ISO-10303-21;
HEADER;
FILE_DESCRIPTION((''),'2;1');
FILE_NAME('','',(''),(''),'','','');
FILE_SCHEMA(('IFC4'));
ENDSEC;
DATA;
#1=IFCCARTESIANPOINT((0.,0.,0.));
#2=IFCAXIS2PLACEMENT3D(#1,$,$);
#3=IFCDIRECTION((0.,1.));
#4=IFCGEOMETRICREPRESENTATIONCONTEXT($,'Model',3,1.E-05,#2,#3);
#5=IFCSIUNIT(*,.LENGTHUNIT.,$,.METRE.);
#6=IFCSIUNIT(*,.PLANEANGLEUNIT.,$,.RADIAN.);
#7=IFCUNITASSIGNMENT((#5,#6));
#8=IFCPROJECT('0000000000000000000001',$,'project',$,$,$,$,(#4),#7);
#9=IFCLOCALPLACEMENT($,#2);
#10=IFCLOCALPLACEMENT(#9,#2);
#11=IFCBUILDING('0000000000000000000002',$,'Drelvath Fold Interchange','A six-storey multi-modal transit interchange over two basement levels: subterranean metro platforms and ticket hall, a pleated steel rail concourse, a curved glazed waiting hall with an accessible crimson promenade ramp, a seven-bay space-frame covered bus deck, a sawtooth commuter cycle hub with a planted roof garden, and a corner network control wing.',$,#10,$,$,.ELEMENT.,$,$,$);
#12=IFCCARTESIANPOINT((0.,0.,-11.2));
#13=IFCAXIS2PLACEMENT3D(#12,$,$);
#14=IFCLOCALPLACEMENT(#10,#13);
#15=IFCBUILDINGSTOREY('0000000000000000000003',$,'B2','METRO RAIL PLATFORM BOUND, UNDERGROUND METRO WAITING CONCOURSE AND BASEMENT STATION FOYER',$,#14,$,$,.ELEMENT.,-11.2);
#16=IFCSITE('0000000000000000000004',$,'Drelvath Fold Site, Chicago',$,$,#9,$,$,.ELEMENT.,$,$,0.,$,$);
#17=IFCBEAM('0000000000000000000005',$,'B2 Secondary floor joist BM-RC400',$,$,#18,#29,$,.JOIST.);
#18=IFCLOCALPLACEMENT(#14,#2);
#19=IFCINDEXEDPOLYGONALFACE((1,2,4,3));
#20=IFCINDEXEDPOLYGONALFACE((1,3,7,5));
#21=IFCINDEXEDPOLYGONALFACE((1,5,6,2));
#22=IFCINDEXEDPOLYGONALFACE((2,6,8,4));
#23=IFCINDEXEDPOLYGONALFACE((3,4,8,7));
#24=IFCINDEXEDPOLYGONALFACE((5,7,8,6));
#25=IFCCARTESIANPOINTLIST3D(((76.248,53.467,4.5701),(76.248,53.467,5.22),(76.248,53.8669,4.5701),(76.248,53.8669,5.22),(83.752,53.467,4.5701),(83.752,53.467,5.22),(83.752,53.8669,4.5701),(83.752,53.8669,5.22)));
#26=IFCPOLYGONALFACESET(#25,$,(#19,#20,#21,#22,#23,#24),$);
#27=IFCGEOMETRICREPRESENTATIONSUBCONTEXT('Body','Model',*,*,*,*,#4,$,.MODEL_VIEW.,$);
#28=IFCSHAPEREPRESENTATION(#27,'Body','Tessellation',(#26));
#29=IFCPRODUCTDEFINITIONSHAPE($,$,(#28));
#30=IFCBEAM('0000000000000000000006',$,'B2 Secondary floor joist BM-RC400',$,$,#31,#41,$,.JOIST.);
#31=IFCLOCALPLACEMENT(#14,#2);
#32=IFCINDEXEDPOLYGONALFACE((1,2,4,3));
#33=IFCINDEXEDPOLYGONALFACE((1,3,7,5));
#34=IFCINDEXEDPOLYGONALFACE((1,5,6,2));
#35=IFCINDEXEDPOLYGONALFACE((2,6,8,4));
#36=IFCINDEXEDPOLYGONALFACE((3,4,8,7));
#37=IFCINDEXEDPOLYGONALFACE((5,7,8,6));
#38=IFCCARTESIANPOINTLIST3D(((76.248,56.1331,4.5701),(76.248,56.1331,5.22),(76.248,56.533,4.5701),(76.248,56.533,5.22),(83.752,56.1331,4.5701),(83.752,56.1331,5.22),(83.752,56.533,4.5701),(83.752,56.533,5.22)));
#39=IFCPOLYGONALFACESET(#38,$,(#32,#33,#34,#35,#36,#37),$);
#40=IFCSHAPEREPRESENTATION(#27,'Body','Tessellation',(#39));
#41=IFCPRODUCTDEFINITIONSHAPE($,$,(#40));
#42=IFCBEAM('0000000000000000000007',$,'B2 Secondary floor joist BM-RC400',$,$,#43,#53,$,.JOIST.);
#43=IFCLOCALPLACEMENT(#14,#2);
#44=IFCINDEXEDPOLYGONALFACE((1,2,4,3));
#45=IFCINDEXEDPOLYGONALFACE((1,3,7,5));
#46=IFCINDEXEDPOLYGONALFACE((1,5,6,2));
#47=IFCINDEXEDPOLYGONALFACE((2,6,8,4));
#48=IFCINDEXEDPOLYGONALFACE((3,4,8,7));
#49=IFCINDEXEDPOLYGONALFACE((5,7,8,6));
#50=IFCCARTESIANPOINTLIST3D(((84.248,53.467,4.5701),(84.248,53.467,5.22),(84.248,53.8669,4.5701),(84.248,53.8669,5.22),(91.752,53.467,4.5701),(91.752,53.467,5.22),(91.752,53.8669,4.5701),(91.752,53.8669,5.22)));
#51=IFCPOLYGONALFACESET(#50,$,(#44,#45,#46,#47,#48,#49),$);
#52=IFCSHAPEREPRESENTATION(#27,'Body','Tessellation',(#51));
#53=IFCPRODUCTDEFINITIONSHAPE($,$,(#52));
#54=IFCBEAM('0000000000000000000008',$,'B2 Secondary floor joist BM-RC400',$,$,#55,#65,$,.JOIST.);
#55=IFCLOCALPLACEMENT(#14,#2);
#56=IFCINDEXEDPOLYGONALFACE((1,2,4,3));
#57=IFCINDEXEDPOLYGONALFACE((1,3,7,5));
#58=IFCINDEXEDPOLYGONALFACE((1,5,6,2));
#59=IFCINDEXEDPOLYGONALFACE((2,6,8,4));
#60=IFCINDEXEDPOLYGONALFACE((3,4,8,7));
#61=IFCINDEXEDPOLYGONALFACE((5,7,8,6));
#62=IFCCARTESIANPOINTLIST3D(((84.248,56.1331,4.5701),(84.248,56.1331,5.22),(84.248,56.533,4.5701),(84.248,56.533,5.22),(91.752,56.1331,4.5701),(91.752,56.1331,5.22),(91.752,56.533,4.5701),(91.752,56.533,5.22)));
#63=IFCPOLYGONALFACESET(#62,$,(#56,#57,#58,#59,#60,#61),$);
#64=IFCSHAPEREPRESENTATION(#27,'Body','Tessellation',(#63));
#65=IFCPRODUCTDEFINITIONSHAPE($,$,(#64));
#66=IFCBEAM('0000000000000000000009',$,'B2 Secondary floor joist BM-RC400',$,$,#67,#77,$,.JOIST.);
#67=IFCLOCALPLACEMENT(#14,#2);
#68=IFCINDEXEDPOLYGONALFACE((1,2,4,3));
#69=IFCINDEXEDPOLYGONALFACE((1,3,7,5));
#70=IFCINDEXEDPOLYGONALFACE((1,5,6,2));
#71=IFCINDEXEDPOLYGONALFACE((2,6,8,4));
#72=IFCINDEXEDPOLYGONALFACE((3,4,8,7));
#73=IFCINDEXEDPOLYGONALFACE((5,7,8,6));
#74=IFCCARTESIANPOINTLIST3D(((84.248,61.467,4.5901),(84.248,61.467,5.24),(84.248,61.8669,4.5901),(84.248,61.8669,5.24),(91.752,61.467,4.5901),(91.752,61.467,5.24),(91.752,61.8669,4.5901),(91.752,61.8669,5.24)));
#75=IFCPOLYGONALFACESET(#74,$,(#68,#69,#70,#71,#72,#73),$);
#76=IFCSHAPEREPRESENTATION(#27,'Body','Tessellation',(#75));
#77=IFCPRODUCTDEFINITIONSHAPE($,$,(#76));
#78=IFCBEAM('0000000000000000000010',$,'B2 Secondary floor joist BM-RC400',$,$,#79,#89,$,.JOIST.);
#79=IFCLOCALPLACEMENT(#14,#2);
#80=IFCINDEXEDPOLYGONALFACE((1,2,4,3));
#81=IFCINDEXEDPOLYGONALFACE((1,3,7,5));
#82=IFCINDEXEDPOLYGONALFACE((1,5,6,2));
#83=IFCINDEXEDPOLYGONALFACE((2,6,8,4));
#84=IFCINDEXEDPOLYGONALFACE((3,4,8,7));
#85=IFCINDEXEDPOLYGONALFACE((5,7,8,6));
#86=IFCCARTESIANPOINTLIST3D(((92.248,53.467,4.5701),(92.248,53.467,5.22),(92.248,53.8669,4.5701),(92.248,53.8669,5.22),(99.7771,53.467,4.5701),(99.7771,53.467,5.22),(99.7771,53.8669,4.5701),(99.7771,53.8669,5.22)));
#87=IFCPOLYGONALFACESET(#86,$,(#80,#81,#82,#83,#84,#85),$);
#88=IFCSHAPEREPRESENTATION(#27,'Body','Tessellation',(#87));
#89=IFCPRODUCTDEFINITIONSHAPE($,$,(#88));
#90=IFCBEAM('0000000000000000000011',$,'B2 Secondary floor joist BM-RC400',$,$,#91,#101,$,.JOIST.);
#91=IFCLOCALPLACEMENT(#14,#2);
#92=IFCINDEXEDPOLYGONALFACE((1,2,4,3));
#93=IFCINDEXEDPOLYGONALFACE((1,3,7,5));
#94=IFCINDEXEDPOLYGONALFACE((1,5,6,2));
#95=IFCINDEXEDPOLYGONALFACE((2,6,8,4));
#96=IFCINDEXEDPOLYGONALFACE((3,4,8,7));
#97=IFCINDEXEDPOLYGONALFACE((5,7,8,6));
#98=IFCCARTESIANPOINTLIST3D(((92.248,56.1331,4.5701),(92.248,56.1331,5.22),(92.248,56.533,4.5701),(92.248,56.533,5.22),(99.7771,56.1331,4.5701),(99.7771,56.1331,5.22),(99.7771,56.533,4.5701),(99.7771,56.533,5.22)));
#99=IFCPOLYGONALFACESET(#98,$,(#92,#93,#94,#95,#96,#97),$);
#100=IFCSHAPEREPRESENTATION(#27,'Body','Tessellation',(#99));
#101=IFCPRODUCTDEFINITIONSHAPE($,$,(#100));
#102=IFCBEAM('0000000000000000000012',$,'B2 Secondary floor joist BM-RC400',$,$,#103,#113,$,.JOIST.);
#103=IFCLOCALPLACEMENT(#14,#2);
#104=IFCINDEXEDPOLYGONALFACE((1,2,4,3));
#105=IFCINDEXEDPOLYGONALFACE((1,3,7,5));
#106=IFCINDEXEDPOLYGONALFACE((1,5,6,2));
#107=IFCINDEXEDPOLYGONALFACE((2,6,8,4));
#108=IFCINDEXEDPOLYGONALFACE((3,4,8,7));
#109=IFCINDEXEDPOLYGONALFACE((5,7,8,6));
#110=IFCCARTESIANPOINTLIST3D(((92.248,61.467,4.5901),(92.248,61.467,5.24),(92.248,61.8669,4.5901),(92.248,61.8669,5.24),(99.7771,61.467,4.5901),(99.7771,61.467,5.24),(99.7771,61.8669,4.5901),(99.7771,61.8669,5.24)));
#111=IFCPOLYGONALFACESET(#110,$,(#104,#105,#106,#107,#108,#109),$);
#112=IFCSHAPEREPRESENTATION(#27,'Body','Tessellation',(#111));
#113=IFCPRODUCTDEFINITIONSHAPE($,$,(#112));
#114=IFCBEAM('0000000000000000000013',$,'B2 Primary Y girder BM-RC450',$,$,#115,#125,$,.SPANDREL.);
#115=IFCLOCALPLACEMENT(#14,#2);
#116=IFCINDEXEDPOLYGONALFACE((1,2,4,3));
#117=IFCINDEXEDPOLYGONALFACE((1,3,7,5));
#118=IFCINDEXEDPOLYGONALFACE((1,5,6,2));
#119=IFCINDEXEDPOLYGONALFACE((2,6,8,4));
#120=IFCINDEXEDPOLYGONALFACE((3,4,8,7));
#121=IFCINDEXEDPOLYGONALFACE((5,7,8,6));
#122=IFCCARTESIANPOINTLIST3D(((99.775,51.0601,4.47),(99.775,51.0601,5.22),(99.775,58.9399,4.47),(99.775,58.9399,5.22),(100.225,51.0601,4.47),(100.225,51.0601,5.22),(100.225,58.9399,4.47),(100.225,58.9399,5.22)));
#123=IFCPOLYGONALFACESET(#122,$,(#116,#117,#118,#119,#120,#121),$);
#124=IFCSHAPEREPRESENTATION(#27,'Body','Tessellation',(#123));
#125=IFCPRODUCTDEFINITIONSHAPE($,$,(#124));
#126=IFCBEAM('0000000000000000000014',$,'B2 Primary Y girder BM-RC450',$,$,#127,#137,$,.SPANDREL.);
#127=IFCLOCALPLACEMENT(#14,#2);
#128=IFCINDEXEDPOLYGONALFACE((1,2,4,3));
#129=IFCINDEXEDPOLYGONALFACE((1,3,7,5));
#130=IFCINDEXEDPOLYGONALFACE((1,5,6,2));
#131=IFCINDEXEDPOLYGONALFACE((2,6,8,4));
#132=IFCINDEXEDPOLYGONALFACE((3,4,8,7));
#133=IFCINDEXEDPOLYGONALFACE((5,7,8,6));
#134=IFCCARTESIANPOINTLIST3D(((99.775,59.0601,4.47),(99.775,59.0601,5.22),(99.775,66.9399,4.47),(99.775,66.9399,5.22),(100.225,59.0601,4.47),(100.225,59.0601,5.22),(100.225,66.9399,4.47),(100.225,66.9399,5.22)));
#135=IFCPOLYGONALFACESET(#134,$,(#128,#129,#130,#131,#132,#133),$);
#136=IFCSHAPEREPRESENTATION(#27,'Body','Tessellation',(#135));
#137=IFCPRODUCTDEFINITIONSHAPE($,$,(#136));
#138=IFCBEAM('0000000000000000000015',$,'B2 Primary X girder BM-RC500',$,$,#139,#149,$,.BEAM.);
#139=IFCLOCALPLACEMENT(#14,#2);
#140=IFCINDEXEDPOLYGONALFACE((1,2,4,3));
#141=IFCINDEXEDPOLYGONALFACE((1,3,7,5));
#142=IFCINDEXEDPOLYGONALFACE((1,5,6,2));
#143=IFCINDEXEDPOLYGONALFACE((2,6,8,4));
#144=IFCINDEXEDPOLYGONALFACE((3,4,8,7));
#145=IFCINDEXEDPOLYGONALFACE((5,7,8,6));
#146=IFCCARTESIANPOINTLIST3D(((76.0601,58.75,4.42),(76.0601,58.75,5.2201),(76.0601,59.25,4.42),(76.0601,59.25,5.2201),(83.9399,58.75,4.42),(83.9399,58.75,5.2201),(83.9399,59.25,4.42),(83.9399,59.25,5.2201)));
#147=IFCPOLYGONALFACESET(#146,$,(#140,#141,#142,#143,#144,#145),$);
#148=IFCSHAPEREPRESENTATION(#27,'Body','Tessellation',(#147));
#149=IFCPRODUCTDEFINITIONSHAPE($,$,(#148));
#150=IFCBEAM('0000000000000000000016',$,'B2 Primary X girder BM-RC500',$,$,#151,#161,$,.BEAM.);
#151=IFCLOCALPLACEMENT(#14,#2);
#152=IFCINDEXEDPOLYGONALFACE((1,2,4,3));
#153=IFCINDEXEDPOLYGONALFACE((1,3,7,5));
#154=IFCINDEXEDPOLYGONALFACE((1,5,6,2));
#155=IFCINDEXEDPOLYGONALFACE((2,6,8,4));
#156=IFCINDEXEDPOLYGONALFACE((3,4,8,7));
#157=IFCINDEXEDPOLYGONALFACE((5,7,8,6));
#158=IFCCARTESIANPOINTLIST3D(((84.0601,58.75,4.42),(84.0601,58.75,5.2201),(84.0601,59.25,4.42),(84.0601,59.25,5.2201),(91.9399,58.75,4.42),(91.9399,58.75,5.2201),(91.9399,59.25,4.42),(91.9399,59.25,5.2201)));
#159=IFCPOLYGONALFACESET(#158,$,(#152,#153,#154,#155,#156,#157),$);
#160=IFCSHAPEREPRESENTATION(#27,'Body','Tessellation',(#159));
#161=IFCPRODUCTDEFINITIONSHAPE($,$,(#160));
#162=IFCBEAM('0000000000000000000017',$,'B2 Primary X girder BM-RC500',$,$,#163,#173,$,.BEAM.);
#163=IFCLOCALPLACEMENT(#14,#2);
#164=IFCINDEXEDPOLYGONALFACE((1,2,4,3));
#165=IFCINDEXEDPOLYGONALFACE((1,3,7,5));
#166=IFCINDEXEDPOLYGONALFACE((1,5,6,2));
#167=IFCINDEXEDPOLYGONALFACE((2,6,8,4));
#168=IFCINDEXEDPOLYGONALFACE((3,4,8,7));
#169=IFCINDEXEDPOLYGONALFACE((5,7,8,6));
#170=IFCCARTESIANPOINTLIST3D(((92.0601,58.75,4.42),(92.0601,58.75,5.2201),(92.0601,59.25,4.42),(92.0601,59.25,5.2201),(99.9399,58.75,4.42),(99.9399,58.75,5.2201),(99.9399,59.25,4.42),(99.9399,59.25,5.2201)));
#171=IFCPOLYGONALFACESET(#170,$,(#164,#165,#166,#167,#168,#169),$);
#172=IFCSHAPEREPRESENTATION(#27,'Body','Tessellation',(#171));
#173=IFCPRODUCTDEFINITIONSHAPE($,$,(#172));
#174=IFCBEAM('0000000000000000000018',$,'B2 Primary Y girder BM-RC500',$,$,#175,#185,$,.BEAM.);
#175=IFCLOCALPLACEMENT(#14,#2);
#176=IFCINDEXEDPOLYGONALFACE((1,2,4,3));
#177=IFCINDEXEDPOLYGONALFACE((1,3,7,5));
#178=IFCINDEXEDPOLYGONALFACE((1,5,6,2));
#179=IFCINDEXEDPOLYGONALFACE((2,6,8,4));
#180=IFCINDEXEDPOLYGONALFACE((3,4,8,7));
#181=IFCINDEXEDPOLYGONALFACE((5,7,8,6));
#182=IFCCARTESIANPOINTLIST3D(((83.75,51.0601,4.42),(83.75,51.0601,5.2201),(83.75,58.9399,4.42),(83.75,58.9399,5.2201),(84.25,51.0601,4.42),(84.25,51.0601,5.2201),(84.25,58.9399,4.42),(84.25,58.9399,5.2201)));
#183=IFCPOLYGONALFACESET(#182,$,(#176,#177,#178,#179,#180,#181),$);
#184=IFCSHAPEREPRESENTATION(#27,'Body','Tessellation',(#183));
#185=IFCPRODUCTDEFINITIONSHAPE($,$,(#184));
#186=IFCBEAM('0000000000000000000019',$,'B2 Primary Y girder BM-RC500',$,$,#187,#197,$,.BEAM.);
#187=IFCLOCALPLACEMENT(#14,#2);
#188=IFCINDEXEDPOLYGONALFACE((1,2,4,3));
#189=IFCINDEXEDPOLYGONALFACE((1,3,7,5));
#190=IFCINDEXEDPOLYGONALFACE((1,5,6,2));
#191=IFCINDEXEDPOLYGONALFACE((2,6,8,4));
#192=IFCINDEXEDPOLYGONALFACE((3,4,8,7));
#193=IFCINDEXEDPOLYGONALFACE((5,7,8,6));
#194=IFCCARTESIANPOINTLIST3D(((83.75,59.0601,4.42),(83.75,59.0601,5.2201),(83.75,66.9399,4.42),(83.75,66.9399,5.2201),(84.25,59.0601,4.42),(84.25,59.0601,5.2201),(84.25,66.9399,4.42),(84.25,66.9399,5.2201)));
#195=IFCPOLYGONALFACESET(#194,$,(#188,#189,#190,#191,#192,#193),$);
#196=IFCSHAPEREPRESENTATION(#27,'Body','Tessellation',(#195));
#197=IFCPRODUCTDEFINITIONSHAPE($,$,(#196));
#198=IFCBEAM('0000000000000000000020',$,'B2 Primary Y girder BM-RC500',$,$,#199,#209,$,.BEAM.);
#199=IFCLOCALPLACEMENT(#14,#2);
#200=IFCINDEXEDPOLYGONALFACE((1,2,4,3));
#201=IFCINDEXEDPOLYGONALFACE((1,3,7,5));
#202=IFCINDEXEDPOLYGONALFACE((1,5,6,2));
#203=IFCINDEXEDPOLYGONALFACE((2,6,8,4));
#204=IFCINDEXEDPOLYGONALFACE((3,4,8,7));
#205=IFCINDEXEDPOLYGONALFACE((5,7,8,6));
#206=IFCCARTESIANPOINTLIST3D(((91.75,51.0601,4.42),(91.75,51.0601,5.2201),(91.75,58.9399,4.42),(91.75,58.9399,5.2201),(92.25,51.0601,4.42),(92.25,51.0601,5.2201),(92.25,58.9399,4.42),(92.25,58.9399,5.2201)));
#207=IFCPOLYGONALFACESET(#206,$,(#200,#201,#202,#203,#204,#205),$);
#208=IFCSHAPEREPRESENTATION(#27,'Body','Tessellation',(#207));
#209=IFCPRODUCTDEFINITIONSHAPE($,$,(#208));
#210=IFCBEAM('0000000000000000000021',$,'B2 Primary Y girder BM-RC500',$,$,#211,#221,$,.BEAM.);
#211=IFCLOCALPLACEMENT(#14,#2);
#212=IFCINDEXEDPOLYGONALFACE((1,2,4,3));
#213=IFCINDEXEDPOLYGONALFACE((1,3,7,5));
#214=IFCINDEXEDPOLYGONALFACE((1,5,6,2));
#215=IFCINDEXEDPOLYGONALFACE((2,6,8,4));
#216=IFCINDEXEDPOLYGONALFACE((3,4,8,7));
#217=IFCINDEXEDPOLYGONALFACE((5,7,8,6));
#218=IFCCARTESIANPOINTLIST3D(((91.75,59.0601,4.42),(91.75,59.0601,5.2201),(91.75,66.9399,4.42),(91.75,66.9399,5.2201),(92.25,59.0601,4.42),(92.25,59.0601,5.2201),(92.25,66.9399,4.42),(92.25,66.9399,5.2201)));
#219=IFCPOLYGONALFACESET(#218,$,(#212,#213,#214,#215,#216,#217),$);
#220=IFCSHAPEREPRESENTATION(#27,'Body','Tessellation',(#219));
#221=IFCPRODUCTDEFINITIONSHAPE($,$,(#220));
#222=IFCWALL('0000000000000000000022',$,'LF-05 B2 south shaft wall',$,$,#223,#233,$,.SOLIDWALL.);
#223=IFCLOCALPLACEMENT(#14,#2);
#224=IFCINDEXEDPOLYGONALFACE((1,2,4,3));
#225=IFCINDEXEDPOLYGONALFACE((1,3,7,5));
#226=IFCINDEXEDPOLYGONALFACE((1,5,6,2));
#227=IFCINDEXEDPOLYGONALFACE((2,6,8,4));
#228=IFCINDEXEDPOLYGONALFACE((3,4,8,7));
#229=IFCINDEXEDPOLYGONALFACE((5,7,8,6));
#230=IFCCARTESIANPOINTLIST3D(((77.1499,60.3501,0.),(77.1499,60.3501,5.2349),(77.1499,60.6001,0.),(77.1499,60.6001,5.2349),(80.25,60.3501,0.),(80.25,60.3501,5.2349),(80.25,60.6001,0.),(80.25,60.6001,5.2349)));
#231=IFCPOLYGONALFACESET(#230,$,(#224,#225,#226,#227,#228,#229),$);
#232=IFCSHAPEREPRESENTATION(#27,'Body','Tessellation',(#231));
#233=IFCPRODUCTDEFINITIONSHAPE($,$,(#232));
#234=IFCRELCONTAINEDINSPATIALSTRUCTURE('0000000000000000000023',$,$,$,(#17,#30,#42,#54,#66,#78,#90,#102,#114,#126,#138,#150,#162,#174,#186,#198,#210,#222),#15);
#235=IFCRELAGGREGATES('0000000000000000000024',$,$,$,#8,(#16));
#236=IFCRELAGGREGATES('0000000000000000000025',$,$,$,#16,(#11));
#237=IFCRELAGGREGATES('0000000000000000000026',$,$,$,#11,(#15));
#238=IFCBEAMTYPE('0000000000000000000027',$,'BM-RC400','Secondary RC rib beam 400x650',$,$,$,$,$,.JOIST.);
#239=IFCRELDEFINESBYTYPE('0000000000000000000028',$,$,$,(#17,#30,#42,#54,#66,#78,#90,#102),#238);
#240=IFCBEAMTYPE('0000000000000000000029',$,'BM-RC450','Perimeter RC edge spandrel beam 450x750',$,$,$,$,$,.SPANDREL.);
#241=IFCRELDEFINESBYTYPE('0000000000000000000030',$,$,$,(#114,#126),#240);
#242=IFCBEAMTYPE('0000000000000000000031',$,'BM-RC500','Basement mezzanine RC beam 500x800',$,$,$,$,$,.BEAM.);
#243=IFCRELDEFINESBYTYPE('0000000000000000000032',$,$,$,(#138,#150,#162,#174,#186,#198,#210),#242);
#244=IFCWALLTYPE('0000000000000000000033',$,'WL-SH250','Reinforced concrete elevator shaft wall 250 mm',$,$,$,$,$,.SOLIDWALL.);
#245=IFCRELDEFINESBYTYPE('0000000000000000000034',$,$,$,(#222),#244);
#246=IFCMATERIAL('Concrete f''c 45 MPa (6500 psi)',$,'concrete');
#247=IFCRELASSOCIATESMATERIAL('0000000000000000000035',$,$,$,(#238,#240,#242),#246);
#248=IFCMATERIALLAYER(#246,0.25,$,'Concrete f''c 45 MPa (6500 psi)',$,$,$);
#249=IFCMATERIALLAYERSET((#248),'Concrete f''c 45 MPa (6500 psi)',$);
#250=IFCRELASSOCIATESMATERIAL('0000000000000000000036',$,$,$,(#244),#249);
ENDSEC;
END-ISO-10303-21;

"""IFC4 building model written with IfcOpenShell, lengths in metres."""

from ifc_helpers import new_model, si_unit, direction, frame, frame_2d, origin, origin_2d, place, context, subcontext, project, spatial, rectangle, extrude, material, layer, layer_set, material_profile, profile_set, type_object, element, save


model = new_model("IFC4")

# Units and contexts
model_context = context("Model", 3, precision=1e-05, world=origin(), true_north=direction((0.0, 1.0)))
body_context = subcontext(model_context, "Body", "Model", "MODEL_VIEW")
ifc_project = project(units=[si_unit("LENGTHUNIT", "METRE"), si_unit("PLANEANGLEUNIT", "RADIAN")], contexts=[model_context])

# Site, building, storey
site_placement = place(None, origin())
site = spatial("IfcSite", under=ifc_project, at=site_placement, Name="Drelvath Fold Site, Chicago", CompositionType="ELEMENT", RefElevation=0.0)
building_placement = place(site_placement, origin())
building = spatial("IfcBuilding", under=site, at=building_placement, Name="Drelvath Fold Interchange", Description="A six-storey multi-modal transit interchange over two basement levels: subterranean metro platforms and ticket hall, a pleated steel rail concourse, a curved glazed waiting hall with an accessible crimson promenade ramp, a seven-bay space-frame covered bus deck, a sawtooth commuter cycle hub with a planted roof garden, and a corner network control wing.", CompositionType="ELEMENT")
storey_placement = place(building_placement, frame((0.0, 0.0, -11.2)))
storey = spatial("IfcBuildingStorey", under=building, at=storey_placement, Name="B2", Description="METRO RAIL PLATFORM BOUND, UNDERGROUND METRO WAITING CONCOURSE AND BASEMENT STATION FOYER", CompositionType="ELEMENT", Elevation=-11.2)

# Beams
ifc_material_1 = material(Name="Concrete f'c 45 MPa (6500 psi)", Category="concrete")
ifc_material_profile_1 = material_profile(ifc_material_1, rectangle(XDim=0.3999, YDim=0.6499, at=origin_2d()), Name="RC 400x650")
ifc_profile_set_1 = profile_set([ifc_material_profile_1], Name="Concrete f'c 45 MPa (6500 psi)")
beam_type_1 = type_object("IfcBeamType", Name="BM-RC400", Description="Secondary RC rib beam 400x650", PredefinedType="JOIST", material=ifc_profile_set_1)
for number, where, z_axis, x_axis, name in (
    (1, (76.248, 53.667, 4.895), (1.0, 0.0, 0.0), (0.0, 1.0, 0.0), "B2 Secondary floor joist BM-RC400"),
    (2, (76.248, 56.333, 4.895), (1.0, 0.0, 0.0), (0.0, 1.0, 0.0), "B2 Secondary floor joist BM-RC400"),
    (3, (84.248, 53.667, 4.895), (1.0, 0.0, 0.0), (0.0, 1.0, 0.0), "B2 Secondary floor joist BM-RC400"),
    (4, (84.248, 56.333, 4.895), (1.0, 0.0, 0.0), (0.0, 1.0, 0.0), "B2 Secondary floor joist BM-RC400"),
    (5, (84.248, 61.667, 4.915), (1.0, 0.0, 0.0), (0.0, 1.0, 0.0), "B2 Secondary floor joist BM-RC400"),
):
    element("IfcBeam", number, at=place(storey_placement, frame(where, z_axis=z_axis, x_axis=x_axis)), inside=storey, type_object=beam_type_1, Name=name, PredefinedType="JOIST", context=body_context, shape_type="SweptSolid", body=[
        extrude(rectangle(XDim=0.3999, YDim=0.6499, at=origin_2d()), origin(), (0.0, 0.0, 1.0), 7.5039),
    ])
for number, where, z_axis, x_axis, name in (
    (6, (92.248, 53.667, 4.895), (1.0, 0.0, 0.0), (0.0, 1.0, 0.0), "B2 Secondary floor joist BM-RC400"),
    (7, (92.248, 56.333, 4.895), (1.0, 0.0, 0.0), (0.0, 1.0, 0.0), "B2 Secondary floor joist BM-RC400"),
    (8, (92.248, 61.667, 4.915), (1.0, 0.0, 0.0), (0.0, 1.0, 0.0), "B2 Secondary floor joist BM-RC400"),
):
    element("IfcBeam", number, at=place(storey_placement, frame(where, z_axis=z_axis, x_axis=x_axis)), inside=storey, type_object=beam_type_1, Name=name, PredefinedType="JOIST", context=body_context, shape_type="SweptSolid", body=[
        extrude(rectangle(XDim=0.3999, YDim=0.6499, at=origin_2d()), origin(), (0.0, 0.0, 1.0), 7.5291),
    ])
ifc_material_profile_2 = material_profile(ifc_material_1, rectangle(XDim=0.45, YDim=0.75, at=origin_2d()), Name="RC 450x750")
ifc_profile_set_2 = profile_set([ifc_material_profile_2], Name="Concrete f'c 45 MPa (6500 psi)")
beam_type_2 = type_object("IfcBeamType", Name="BM-RC450", Description="Perimeter RC edge spandrel beam 450x750", PredefinedType="SPANDREL", material=ifc_profile_set_2)
for number, where, z_axis, x_axis, name in (
    (9, (100.0, 51.0601, 4.845), (0.0, 1.0, 0.0), (-1.0, 0.0, 0.0), "B2 Primary Y girder BM-RC450"),
    (10, (100.0, 59.0601, 4.845), (0.0, 1.0, 0.0), (-1.0, 0.0, 0.0), "B2 Primary Y girder BM-RC450"),
):
    element("IfcBeam", number, at=place(storey_placement, frame(where, z_axis=z_axis, x_axis=x_axis)), inside=storey, type_object=beam_type_2, Name=name, PredefinedType="SPANDREL", context=body_context, shape_type="SweptSolid", body=[
        extrude(rectangle(XDim=0.45, YDim=0.75, at=origin_2d()), origin(), (0.0, 0.0, 1.0), 7.8799),
    ])
ifc_material_profile_3 = material_profile(ifc_material_1, rectangle(XDim=0.5, YDim=0.8, at=origin_2d()), Name="RC 500x800")
ifc_profile_set_3 = profile_set([ifc_material_profile_3], Name="Concrete f'c 45 MPa (6500 psi)")
beam_type_3 = type_object("IfcBeamType", Name="BM-RC500", Description="Basement mezzanine RC beam 500x800", PredefinedType="BEAM", material=ifc_profile_set_3)
for number, where, z_axis, x_axis, name in (
    (11, (76.0601, 59.0, 4.8201), (1.0, 0.0, 0.0), (0.0, 1.0, 0.0), "B2 Primary X girder BM-RC500"),
    (12, (84.0601, 59.0, 4.8201), (1.0, 0.0, 0.0), (0.0, 1.0, 0.0), "B2 Primary X girder BM-RC500"),
    (13, (92.0601, 59.0, 4.8201), (1.0, 0.0, 0.0), (0.0, 1.0, 0.0), "B2 Primary X girder BM-RC500"),
    (14, (84.0, 51.0601, 4.8201), (0.0, 1.0, 0.0), (-1.0, 0.0, 0.0), "B2 Primary Y girder BM-RC500"),
    (15, (84.0, 59.0601, 4.8201), (0.0, 1.0, 0.0), (-1.0, 0.0, 0.0), "B2 Primary Y girder BM-RC500"),
    (16, (92.0, 51.0601, 4.8201), (0.0, 1.0, 0.0), (-1.0, 0.0, 0.0), "B2 Primary Y girder BM-RC500"),
    (17, (92.0, 59.0601, 4.8201), (0.0, 1.0, 0.0), (-1.0, 0.0, 0.0), "B2 Primary Y girder BM-RC500"),
):
    element("IfcBeam", number, at=place(storey_placement, frame(where, z_axis=z_axis, x_axis=x_axis)), inside=storey, type_object=beam_type_3, Name=name, PredefinedType="BEAM", context=body_context, shape_type="SweptSolid", body=[
        extrude(rectangle(XDim=0.5, YDim=0.8, at=origin_2d()), origin(), (0.0, 0.0, 1.0), 7.8799),
    ])

# Wall
ifc_layer = layer(ifc_material_1, 0.25, Name="Concrete f'c 45 MPa (6500 psi)")
ifc_layer_set = layer_set([ifc_layer], Name="Concrete f'c 45 MPa (6500 psi)")
wall_type = type_object("IfcWallType", Name="WL-SH250", Description="Reinforced concrete elevator shaft wall 250 mm", PredefinedType="SOLIDWALL", material=ifc_layer_set)
wall_1_placement = place(storey_placement, frame((77.1499, 60.4751, 0.0), z_axis=(0.0, 0.0, 1.0), x_axis=(1.0, 0.0, 0.0)))
element("IfcWall", 18, at=wall_1_placement, inside=storey, type_object=wall_type, Name="LF-05 B2 south shaft wall", PredefinedType="SOLIDWALL", context=body_context, shape_type="SweptSolid", body=[
    extrude(rectangle(XDim=3.1001, YDim=0.25, at=frame_2d((1.55, 0.0))), origin(), (0.0, 0.0, 1.0), 5.2349),
])

save(model, "model.ifc")
